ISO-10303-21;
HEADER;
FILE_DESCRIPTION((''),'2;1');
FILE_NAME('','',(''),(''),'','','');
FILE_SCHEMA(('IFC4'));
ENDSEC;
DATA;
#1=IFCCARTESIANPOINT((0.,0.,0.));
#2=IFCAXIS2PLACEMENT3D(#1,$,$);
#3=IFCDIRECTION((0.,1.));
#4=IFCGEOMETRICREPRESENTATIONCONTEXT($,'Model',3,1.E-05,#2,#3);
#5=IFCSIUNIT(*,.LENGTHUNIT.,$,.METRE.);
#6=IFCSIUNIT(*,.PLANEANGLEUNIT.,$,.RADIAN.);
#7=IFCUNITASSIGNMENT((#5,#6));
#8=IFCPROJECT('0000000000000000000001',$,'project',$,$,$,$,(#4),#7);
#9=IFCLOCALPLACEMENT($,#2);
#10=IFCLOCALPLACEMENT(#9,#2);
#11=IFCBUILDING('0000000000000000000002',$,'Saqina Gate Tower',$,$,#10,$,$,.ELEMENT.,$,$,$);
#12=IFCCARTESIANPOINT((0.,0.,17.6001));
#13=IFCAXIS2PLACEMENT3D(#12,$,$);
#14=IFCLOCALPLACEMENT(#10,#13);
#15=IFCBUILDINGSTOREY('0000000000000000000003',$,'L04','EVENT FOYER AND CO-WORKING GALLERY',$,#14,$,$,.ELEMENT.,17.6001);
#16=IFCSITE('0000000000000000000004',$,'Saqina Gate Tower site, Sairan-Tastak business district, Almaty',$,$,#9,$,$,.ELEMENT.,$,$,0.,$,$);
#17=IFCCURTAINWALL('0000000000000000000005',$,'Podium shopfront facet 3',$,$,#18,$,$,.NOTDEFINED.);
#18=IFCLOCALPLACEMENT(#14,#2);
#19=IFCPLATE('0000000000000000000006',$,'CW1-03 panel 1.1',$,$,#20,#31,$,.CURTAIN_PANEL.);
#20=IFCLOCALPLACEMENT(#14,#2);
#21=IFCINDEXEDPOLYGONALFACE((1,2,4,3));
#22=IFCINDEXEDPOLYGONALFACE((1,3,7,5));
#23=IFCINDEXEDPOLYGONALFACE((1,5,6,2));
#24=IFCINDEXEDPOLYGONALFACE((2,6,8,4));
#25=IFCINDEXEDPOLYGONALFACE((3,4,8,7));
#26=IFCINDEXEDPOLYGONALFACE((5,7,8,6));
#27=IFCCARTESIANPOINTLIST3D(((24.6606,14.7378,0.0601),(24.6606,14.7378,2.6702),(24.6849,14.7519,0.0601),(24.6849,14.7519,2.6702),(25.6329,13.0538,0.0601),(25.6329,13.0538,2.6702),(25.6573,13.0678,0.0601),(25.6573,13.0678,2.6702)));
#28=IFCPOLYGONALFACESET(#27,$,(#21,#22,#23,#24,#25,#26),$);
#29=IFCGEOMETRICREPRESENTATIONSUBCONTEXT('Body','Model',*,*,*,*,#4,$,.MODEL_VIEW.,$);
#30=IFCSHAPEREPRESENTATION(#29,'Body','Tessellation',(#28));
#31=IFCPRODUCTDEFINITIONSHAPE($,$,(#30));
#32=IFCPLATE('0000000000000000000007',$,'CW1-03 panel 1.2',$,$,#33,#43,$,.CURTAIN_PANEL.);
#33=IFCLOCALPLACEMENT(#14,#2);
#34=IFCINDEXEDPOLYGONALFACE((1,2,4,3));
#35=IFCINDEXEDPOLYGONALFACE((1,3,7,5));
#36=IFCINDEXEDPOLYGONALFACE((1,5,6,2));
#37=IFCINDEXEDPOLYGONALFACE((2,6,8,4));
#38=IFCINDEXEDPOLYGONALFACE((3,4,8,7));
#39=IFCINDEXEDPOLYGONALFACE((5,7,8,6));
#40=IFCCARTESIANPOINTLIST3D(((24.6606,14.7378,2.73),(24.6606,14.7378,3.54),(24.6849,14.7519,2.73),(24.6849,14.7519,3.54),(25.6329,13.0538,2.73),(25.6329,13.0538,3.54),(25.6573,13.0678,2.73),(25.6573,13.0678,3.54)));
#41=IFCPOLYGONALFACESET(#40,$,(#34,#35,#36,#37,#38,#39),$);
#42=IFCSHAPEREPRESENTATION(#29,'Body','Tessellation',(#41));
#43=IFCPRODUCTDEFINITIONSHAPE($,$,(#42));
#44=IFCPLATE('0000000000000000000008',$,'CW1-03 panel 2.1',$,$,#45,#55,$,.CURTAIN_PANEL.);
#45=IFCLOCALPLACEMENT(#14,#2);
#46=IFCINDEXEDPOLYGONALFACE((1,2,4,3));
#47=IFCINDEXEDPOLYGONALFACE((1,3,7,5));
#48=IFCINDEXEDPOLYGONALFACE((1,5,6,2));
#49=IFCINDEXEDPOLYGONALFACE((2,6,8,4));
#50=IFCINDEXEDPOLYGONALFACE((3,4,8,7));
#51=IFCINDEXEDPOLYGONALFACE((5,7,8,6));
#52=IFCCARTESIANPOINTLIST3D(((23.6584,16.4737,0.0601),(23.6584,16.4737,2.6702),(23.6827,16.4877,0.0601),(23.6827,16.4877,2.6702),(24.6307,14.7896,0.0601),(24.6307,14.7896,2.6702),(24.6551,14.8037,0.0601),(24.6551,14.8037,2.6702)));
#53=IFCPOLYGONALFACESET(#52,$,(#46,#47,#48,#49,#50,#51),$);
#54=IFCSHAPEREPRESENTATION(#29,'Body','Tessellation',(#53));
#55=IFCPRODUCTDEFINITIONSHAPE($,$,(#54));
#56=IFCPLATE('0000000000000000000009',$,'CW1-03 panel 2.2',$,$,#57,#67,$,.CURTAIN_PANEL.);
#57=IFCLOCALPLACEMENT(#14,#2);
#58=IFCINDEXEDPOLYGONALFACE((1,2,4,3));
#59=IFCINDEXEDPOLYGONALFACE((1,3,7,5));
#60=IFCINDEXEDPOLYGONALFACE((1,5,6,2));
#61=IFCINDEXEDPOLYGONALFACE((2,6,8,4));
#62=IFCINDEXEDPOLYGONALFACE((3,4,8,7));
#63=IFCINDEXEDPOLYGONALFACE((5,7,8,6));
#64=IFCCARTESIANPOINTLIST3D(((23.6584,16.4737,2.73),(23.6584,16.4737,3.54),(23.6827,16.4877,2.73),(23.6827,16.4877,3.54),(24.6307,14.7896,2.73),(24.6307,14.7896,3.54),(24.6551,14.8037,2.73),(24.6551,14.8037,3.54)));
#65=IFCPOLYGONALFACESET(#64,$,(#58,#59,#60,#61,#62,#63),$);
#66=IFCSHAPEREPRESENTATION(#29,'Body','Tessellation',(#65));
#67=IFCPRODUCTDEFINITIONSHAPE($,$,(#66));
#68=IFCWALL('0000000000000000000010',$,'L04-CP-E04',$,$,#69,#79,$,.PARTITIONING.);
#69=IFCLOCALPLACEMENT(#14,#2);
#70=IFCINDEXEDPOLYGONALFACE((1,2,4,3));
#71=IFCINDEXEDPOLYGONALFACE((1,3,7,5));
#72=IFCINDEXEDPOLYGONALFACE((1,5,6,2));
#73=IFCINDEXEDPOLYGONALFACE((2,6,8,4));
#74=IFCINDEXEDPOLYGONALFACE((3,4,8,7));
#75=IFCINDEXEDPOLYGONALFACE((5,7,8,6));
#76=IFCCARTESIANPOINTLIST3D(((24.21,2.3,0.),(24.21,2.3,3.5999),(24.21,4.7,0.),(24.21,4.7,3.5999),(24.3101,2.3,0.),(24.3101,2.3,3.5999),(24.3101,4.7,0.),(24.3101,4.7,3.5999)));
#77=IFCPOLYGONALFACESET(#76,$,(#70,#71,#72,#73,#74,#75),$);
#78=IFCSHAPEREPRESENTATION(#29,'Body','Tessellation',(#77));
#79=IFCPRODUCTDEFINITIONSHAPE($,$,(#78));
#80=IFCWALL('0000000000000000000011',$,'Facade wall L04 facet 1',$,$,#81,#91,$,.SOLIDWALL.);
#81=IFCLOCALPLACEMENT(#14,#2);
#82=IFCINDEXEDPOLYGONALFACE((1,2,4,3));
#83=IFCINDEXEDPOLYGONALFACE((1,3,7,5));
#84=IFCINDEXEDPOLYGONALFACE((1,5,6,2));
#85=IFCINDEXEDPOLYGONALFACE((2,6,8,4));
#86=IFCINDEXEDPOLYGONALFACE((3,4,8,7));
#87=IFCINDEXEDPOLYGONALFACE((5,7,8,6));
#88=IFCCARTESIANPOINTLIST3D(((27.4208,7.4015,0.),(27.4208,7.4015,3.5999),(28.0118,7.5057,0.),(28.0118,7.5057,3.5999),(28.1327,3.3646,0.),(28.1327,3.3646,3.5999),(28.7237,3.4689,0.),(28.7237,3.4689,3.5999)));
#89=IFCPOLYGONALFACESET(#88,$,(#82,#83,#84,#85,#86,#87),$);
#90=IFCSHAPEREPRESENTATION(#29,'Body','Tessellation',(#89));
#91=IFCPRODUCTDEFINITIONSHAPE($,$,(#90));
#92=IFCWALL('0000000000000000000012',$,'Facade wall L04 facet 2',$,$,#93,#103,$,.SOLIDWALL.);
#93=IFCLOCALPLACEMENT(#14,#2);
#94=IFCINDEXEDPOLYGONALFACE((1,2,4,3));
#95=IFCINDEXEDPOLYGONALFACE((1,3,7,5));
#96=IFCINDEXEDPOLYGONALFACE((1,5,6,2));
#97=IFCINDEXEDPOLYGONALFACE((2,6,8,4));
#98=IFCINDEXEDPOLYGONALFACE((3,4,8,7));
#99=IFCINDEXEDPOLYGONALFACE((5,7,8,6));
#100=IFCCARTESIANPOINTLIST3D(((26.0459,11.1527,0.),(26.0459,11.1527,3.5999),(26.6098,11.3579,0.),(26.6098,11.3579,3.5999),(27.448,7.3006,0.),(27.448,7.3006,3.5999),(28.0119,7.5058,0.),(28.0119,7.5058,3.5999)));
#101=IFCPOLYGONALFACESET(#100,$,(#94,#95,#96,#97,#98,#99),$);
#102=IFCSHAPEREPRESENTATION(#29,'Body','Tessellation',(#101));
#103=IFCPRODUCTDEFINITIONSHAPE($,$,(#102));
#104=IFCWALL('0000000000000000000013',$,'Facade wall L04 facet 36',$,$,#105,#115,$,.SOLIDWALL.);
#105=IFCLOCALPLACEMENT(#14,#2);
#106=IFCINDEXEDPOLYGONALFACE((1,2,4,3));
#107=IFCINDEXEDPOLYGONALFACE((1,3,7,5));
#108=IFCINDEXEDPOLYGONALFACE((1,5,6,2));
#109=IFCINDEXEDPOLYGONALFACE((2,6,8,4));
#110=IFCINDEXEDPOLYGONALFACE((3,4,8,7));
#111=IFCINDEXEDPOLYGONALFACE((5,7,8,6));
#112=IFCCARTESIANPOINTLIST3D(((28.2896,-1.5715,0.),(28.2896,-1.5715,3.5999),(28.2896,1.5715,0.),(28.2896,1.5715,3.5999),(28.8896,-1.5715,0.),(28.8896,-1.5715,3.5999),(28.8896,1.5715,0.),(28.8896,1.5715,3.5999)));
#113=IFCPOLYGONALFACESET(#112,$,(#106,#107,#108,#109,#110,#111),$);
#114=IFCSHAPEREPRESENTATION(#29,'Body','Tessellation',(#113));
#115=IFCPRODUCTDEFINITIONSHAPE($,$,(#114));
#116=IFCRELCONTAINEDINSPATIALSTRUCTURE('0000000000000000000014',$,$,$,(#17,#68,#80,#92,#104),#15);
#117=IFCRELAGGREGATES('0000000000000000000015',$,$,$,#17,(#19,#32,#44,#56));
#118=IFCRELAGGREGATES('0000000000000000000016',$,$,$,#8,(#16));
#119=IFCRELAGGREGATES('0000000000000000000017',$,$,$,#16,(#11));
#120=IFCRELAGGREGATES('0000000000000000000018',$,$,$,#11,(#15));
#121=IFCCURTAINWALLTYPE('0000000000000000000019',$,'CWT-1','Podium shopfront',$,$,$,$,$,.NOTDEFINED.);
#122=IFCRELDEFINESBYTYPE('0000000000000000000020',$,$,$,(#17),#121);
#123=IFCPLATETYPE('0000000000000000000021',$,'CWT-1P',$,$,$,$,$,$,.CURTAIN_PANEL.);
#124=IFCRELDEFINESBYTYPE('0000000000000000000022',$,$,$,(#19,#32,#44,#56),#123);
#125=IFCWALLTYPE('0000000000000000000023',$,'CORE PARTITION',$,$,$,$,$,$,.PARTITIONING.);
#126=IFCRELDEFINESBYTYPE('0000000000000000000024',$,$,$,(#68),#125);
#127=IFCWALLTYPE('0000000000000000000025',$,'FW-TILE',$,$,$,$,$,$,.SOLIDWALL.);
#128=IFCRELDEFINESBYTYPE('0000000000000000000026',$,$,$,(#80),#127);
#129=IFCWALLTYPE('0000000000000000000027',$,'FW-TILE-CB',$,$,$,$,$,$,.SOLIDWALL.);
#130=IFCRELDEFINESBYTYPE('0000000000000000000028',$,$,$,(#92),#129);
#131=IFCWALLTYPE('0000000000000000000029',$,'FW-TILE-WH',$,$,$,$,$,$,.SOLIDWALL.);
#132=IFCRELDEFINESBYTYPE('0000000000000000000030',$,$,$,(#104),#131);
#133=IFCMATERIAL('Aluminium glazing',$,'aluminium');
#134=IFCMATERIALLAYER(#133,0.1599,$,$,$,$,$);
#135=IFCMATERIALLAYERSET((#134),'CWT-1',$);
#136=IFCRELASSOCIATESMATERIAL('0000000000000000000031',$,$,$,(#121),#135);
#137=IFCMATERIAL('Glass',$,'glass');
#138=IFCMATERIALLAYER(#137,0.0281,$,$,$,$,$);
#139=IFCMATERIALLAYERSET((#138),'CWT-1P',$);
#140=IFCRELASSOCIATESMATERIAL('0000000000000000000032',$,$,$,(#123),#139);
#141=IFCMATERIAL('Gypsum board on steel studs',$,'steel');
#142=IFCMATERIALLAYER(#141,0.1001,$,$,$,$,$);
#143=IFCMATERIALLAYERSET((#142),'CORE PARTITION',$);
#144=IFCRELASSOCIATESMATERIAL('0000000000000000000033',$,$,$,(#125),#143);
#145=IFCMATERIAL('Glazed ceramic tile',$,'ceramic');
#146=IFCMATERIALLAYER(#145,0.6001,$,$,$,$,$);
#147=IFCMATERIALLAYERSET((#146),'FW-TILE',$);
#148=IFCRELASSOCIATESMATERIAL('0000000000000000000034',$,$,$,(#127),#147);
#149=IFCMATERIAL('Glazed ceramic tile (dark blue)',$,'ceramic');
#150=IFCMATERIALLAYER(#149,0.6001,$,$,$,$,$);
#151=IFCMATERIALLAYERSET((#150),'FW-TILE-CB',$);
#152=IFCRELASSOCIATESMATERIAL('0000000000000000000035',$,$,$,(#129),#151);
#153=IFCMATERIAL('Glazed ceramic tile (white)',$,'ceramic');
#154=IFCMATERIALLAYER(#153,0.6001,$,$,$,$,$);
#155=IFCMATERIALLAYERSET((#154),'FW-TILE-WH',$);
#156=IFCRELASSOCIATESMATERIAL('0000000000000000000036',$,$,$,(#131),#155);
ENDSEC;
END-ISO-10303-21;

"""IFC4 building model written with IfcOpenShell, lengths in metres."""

from ifc_helpers import new_model, si_unit, direction, frame, frame_2d, origin, origin_2d, place, context, subcontext, project, spatial, rectangle, extrude, material, layer, layer_set, type_object, element, aggregate, save


model = new_model("IFC4")

# Units and contexts
model_context = context("Model", 3, precision=1e-05, world=origin(), true_north=direction((0.0, 1.0)))
body_context = subcontext(model_context, "Body", "Model", "MODEL_VIEW")
ifc_project = project(units=[si_unit("LENGTHUNIT", "METRE"), si_unit("PLANEANGLEUNIT", "RADIAN")], contexts=[model_context])

# Site, building, storey
site_placement = place(None, origin())
site = spatial("IfcSite", under=ifc_project, at=site_placement, Name="Saqina Gate Tower site, Sairan-Tastak business district, Almaty", CompositionType="ELEMENT", RefElevation=0.0)
building_placement = place(site_placement, origin())
building = spatial("IfcBuilding", under=site, at=building_placement, Name="Saqina Gate Tower", CompositionType="ELEMENT")
storey_placement = place(building_placement, frame((0.0, 0.0, 17.6001)))
storey = spatial("IfcBuildingStorey", under=building, at=storey_placement, Name="L04", Description="EVENT FOYER AND CO-WORKING GALLERY", CompositionType="ELEMENT", Elevation=17.6001)

# Curtain wall
ifc_material_1 = material(Name="Aluminium glazing", Category="aluminium")
ifc_layer_1 = layer(ifc_material_1, 0.1599)
ifc_layer_set_1 = layer_set([ifc_layer_1], Name="CWT-1")
curtain_wall_type = type_object("IfcCurtainWallType", Name="CWT-1", Description="Podium shopfront", PredefinedType="NOTDEFINED", material=ifc_layer_set_1)
curtain_wall_1_placement = place(storey_placement, origin())
curtain_wall_1 = element("IfcCurtainWall", 1, at=curtain_wall_1_placement, inside=storey, type_object=curtain_wall_type, Name="Podium shopfront facet 3", PredefinedType="NOTDEFINED")

# Plates
ifc_material_2 = material(Name="Glass", Category="glass")
ifc_layer_2 = layer(ifc_material_2, 0.0281)
ifc_layer_set_2 = layer_set([ifc_layer_2], Name="CWT-1P")
plate_type = type_object("IfcPlateType", Name="CWT-1P", PredefinedType="CURTAIN_PANEL", material=ifc_layer_set_2)
plate_1_placement = place(storey_placement, frame((25.1589, 13.9028, 0.0601), z_axis=(0.0, 0.0, 1.0), x_axis=(-0.500014, 0.866017, 0.0)))
plate_1 = element("IfcPlate", 2, at=plate_1_placement, type_object=plate_type, Name="CW1-03 panel 1.1", PredefinedType="CURTAIN_PANEL", context=body_context, shape_type="SweptSolid", body=[
    extrude(rectangle(XDim=1.9446, YDim=0.0281, at=origin_2d()), origin(), (0.0, 0.0, 1.0), 2.6101),
])
plate_2_placement = place(storey_placement, frame((25.1589, 13.9028, 2.73), z_axis=(0.0, 0.0, 1.0), x_axis=(-0.500014, 0.866017, 0.0)))
plate_2 = element("IfcPlate", 3, at=plate_2_placement, type_object=plate_type, Name="CW1-03 panel 1.2", PredefinedType="CURTAIN_PANEL", context=body_context, shape_type="SweptSolid", body=[
    extrude(rectangle(XDim=1.9446, YDim=0.0281, at=origin_2d()), origin(), (0.0, 0.0, 1.0), 0.8101),
])
plate_3_placement = place(storey_placement, frame((24.1567, 15.6387, 0.0601), z_axis=(0.0, 0.0, 1.0), x_axis=(-0.500014, 0.866017, 0.0)))
plate_3 = element("IfcPlate", 4, at=plate_3_placement, type_object=plate_type, Name="CW1-03 panel 2.1", PredefinedType="CURTAIN_PANEL", context=body_context, shape_type="SweptSolid", body=[
    extrude(rectangle(XDim=1.9446, YDim=0.0281, at=origin_2d()), origin(), (0.0, 0.0, 1.0), 2.6101),
])
plate_4_placement = place(storey_placement, frame((24.1567, 15.6387, 2.73), z_axis=(0.0, 0.0, 1.0), x_axis=(-0.500014, 0.866017, 0.0)))
plate_4 = element("IfcPlate", 5, at=plate_4_placement, type_object=plate_type, Name="CW1-03 panel 2.2", PredefinedType="CURTAIN_PANEL", context=body_context, shape_type="SweptSolid", body=[
    extrude(rectangle(XDim=1.9446, YDim=0.0281, at=origin_2d()), origin(), (0.0, 0.0, 1.0), 0.8101),
])
aggregate(curtain_wall_1, [plate_1, plate_2, plate_3, plate_4])

# Walls
ifc_material_3 = material(Name="Gypsum board on steel studs", Category="steel")
ifc_layer_3 = layer(ifc_material_3, 0.1001)
ifc_layer_set_3 = layer_set([ifc_layer_3], Name="CORE PARTITION")
wall_type_1 = type_object("IfcWallType", Name="CORE PARTITION", PredefinedType="PARTITIONING", material=ifc_layer_set_3)
wall_1_placement = place(storey_placement, frame((24.26, 2.3, 0.0), z_axis=(0.0, 0.0, 1.0), x_axis=(0.0, 1.0, 0.0)))
element("IfcWall", 6, at=wall_1_placement, inside=storey, type_object=wall_type_1, Name="L04-CP-E04", PredefinedType="PARTITIONING", context=body_context, shape_type="SweptSolid", body=[
    extrude(rectangle(XDim=2.3999, YDim=0.1001, at=frame_2d((1.2, 0.0))), origin(), (0.0, 0.0, 1.0), 3.5999),
])
ifc_material_4 = material(Name="Glazed ceramic tile", Category="ceramic")
ifc_layer_4 = layer(ifc_material_4, 0.6001)
ifc_layer_set_4 = layer_set([ifc_layer_4], Name="FW-TILE")
wall_type_2 = type_object("IfcWallType", Name="FW-TILE", PredefinedType="SOLIDWALL", material=ifc_layer_set_4)
wall_2_placement = place(storey_placement, frame((28.4282, 3.4167, 0.0), z_axis=(0.0, 0.0, 1.0), x_axis=(-0.173673, 0.984803, 0.0)))
element("IfcWall", 7, at=wall_2_placement, inside=storey, type_object=wall_type_2, Name="Facade wall L04 facet 1", PredefinedType="SOLIDWALL", context=body_context, shape_type="SweptSolid", body=[
    extrude(rectangle(XDim=4.0991, YDim=0.6001, at=frame_2d((2.0496, 0.0))), origin(), (0.0, 0.0, 1.0), 3.5999),
])
ifc_material_5 = material(Name="Glazed ceramic tile (dark blue)", Category="ceramic")
ifc_layer_5 = layer(ifc_material_5, 0.6001)
ifc_layer_set_5 = layer_set([ifc_layer_5], Name="FW-TILE-CB")
wall_type_3 = type_object("IfcWallType", Name="FW-TILE-CB", PredefinedType="SOLIDWALL", material=ifc_layer_set_5)
wall_3_placement = place(storey_placement, frame((27.73, 7.4031, 0.0), z_axis=(0.0, 0.0, 1.0), x_axis=(-0.342035, 0.939687, 0.0)))
element("IfcWall", 8, at=wall_3_placement, inside=storey, type_object=wall_type_3, Name="Facade wall L04 facet 2", PredefinedType="SOLIDWALL", context=body_context, shape_type="SweptSolid", body=[
    extrude(rectangle(XDim=4.0994, YDim=0.6001, at=frame_2d((2.0498, 0.0))), origin(), (0.0, 0.0, 1.0), 3.5999),
])
ifc_material_6 = material(Name="Glazed ceramic tile (white)", Category="ceramic")
ifc_layer_6 = layer(ifc_material_6, 0.6001)
ifc_layer_set_6 = layer_set([ifc_layer_6], Name="FW-TILE-WH")
wall_type_4 = type_object("IfcWallType", Name="FW-TILE-WH", PredefinedType="SOLIDWALL", material=ifc_layer_set_6)
wall_4_placement = place(storey_placement, frame((28.5896, -1.5715, 0.0), z_axis=(0.0, 0.0, 1.0), x_axis=(0.0, 1.0, 0.0)))
element("IfcWall", 9, at=wall_4_placement, inside=storey, type_object=wall_type_4, Name="Facade wall L04 facet 36", PredefinedType="SOLIDWALL", context=body_context, shape_type="SweptSolid", body=[
    extrude(rectangle(XDim=3.1431, YDim=0.6001, at=frame_2d((1.5715, 0.0))), origin(), (0.0, 0.0, 1.0), 3.5999),
])

save(model, "model.ifc")
